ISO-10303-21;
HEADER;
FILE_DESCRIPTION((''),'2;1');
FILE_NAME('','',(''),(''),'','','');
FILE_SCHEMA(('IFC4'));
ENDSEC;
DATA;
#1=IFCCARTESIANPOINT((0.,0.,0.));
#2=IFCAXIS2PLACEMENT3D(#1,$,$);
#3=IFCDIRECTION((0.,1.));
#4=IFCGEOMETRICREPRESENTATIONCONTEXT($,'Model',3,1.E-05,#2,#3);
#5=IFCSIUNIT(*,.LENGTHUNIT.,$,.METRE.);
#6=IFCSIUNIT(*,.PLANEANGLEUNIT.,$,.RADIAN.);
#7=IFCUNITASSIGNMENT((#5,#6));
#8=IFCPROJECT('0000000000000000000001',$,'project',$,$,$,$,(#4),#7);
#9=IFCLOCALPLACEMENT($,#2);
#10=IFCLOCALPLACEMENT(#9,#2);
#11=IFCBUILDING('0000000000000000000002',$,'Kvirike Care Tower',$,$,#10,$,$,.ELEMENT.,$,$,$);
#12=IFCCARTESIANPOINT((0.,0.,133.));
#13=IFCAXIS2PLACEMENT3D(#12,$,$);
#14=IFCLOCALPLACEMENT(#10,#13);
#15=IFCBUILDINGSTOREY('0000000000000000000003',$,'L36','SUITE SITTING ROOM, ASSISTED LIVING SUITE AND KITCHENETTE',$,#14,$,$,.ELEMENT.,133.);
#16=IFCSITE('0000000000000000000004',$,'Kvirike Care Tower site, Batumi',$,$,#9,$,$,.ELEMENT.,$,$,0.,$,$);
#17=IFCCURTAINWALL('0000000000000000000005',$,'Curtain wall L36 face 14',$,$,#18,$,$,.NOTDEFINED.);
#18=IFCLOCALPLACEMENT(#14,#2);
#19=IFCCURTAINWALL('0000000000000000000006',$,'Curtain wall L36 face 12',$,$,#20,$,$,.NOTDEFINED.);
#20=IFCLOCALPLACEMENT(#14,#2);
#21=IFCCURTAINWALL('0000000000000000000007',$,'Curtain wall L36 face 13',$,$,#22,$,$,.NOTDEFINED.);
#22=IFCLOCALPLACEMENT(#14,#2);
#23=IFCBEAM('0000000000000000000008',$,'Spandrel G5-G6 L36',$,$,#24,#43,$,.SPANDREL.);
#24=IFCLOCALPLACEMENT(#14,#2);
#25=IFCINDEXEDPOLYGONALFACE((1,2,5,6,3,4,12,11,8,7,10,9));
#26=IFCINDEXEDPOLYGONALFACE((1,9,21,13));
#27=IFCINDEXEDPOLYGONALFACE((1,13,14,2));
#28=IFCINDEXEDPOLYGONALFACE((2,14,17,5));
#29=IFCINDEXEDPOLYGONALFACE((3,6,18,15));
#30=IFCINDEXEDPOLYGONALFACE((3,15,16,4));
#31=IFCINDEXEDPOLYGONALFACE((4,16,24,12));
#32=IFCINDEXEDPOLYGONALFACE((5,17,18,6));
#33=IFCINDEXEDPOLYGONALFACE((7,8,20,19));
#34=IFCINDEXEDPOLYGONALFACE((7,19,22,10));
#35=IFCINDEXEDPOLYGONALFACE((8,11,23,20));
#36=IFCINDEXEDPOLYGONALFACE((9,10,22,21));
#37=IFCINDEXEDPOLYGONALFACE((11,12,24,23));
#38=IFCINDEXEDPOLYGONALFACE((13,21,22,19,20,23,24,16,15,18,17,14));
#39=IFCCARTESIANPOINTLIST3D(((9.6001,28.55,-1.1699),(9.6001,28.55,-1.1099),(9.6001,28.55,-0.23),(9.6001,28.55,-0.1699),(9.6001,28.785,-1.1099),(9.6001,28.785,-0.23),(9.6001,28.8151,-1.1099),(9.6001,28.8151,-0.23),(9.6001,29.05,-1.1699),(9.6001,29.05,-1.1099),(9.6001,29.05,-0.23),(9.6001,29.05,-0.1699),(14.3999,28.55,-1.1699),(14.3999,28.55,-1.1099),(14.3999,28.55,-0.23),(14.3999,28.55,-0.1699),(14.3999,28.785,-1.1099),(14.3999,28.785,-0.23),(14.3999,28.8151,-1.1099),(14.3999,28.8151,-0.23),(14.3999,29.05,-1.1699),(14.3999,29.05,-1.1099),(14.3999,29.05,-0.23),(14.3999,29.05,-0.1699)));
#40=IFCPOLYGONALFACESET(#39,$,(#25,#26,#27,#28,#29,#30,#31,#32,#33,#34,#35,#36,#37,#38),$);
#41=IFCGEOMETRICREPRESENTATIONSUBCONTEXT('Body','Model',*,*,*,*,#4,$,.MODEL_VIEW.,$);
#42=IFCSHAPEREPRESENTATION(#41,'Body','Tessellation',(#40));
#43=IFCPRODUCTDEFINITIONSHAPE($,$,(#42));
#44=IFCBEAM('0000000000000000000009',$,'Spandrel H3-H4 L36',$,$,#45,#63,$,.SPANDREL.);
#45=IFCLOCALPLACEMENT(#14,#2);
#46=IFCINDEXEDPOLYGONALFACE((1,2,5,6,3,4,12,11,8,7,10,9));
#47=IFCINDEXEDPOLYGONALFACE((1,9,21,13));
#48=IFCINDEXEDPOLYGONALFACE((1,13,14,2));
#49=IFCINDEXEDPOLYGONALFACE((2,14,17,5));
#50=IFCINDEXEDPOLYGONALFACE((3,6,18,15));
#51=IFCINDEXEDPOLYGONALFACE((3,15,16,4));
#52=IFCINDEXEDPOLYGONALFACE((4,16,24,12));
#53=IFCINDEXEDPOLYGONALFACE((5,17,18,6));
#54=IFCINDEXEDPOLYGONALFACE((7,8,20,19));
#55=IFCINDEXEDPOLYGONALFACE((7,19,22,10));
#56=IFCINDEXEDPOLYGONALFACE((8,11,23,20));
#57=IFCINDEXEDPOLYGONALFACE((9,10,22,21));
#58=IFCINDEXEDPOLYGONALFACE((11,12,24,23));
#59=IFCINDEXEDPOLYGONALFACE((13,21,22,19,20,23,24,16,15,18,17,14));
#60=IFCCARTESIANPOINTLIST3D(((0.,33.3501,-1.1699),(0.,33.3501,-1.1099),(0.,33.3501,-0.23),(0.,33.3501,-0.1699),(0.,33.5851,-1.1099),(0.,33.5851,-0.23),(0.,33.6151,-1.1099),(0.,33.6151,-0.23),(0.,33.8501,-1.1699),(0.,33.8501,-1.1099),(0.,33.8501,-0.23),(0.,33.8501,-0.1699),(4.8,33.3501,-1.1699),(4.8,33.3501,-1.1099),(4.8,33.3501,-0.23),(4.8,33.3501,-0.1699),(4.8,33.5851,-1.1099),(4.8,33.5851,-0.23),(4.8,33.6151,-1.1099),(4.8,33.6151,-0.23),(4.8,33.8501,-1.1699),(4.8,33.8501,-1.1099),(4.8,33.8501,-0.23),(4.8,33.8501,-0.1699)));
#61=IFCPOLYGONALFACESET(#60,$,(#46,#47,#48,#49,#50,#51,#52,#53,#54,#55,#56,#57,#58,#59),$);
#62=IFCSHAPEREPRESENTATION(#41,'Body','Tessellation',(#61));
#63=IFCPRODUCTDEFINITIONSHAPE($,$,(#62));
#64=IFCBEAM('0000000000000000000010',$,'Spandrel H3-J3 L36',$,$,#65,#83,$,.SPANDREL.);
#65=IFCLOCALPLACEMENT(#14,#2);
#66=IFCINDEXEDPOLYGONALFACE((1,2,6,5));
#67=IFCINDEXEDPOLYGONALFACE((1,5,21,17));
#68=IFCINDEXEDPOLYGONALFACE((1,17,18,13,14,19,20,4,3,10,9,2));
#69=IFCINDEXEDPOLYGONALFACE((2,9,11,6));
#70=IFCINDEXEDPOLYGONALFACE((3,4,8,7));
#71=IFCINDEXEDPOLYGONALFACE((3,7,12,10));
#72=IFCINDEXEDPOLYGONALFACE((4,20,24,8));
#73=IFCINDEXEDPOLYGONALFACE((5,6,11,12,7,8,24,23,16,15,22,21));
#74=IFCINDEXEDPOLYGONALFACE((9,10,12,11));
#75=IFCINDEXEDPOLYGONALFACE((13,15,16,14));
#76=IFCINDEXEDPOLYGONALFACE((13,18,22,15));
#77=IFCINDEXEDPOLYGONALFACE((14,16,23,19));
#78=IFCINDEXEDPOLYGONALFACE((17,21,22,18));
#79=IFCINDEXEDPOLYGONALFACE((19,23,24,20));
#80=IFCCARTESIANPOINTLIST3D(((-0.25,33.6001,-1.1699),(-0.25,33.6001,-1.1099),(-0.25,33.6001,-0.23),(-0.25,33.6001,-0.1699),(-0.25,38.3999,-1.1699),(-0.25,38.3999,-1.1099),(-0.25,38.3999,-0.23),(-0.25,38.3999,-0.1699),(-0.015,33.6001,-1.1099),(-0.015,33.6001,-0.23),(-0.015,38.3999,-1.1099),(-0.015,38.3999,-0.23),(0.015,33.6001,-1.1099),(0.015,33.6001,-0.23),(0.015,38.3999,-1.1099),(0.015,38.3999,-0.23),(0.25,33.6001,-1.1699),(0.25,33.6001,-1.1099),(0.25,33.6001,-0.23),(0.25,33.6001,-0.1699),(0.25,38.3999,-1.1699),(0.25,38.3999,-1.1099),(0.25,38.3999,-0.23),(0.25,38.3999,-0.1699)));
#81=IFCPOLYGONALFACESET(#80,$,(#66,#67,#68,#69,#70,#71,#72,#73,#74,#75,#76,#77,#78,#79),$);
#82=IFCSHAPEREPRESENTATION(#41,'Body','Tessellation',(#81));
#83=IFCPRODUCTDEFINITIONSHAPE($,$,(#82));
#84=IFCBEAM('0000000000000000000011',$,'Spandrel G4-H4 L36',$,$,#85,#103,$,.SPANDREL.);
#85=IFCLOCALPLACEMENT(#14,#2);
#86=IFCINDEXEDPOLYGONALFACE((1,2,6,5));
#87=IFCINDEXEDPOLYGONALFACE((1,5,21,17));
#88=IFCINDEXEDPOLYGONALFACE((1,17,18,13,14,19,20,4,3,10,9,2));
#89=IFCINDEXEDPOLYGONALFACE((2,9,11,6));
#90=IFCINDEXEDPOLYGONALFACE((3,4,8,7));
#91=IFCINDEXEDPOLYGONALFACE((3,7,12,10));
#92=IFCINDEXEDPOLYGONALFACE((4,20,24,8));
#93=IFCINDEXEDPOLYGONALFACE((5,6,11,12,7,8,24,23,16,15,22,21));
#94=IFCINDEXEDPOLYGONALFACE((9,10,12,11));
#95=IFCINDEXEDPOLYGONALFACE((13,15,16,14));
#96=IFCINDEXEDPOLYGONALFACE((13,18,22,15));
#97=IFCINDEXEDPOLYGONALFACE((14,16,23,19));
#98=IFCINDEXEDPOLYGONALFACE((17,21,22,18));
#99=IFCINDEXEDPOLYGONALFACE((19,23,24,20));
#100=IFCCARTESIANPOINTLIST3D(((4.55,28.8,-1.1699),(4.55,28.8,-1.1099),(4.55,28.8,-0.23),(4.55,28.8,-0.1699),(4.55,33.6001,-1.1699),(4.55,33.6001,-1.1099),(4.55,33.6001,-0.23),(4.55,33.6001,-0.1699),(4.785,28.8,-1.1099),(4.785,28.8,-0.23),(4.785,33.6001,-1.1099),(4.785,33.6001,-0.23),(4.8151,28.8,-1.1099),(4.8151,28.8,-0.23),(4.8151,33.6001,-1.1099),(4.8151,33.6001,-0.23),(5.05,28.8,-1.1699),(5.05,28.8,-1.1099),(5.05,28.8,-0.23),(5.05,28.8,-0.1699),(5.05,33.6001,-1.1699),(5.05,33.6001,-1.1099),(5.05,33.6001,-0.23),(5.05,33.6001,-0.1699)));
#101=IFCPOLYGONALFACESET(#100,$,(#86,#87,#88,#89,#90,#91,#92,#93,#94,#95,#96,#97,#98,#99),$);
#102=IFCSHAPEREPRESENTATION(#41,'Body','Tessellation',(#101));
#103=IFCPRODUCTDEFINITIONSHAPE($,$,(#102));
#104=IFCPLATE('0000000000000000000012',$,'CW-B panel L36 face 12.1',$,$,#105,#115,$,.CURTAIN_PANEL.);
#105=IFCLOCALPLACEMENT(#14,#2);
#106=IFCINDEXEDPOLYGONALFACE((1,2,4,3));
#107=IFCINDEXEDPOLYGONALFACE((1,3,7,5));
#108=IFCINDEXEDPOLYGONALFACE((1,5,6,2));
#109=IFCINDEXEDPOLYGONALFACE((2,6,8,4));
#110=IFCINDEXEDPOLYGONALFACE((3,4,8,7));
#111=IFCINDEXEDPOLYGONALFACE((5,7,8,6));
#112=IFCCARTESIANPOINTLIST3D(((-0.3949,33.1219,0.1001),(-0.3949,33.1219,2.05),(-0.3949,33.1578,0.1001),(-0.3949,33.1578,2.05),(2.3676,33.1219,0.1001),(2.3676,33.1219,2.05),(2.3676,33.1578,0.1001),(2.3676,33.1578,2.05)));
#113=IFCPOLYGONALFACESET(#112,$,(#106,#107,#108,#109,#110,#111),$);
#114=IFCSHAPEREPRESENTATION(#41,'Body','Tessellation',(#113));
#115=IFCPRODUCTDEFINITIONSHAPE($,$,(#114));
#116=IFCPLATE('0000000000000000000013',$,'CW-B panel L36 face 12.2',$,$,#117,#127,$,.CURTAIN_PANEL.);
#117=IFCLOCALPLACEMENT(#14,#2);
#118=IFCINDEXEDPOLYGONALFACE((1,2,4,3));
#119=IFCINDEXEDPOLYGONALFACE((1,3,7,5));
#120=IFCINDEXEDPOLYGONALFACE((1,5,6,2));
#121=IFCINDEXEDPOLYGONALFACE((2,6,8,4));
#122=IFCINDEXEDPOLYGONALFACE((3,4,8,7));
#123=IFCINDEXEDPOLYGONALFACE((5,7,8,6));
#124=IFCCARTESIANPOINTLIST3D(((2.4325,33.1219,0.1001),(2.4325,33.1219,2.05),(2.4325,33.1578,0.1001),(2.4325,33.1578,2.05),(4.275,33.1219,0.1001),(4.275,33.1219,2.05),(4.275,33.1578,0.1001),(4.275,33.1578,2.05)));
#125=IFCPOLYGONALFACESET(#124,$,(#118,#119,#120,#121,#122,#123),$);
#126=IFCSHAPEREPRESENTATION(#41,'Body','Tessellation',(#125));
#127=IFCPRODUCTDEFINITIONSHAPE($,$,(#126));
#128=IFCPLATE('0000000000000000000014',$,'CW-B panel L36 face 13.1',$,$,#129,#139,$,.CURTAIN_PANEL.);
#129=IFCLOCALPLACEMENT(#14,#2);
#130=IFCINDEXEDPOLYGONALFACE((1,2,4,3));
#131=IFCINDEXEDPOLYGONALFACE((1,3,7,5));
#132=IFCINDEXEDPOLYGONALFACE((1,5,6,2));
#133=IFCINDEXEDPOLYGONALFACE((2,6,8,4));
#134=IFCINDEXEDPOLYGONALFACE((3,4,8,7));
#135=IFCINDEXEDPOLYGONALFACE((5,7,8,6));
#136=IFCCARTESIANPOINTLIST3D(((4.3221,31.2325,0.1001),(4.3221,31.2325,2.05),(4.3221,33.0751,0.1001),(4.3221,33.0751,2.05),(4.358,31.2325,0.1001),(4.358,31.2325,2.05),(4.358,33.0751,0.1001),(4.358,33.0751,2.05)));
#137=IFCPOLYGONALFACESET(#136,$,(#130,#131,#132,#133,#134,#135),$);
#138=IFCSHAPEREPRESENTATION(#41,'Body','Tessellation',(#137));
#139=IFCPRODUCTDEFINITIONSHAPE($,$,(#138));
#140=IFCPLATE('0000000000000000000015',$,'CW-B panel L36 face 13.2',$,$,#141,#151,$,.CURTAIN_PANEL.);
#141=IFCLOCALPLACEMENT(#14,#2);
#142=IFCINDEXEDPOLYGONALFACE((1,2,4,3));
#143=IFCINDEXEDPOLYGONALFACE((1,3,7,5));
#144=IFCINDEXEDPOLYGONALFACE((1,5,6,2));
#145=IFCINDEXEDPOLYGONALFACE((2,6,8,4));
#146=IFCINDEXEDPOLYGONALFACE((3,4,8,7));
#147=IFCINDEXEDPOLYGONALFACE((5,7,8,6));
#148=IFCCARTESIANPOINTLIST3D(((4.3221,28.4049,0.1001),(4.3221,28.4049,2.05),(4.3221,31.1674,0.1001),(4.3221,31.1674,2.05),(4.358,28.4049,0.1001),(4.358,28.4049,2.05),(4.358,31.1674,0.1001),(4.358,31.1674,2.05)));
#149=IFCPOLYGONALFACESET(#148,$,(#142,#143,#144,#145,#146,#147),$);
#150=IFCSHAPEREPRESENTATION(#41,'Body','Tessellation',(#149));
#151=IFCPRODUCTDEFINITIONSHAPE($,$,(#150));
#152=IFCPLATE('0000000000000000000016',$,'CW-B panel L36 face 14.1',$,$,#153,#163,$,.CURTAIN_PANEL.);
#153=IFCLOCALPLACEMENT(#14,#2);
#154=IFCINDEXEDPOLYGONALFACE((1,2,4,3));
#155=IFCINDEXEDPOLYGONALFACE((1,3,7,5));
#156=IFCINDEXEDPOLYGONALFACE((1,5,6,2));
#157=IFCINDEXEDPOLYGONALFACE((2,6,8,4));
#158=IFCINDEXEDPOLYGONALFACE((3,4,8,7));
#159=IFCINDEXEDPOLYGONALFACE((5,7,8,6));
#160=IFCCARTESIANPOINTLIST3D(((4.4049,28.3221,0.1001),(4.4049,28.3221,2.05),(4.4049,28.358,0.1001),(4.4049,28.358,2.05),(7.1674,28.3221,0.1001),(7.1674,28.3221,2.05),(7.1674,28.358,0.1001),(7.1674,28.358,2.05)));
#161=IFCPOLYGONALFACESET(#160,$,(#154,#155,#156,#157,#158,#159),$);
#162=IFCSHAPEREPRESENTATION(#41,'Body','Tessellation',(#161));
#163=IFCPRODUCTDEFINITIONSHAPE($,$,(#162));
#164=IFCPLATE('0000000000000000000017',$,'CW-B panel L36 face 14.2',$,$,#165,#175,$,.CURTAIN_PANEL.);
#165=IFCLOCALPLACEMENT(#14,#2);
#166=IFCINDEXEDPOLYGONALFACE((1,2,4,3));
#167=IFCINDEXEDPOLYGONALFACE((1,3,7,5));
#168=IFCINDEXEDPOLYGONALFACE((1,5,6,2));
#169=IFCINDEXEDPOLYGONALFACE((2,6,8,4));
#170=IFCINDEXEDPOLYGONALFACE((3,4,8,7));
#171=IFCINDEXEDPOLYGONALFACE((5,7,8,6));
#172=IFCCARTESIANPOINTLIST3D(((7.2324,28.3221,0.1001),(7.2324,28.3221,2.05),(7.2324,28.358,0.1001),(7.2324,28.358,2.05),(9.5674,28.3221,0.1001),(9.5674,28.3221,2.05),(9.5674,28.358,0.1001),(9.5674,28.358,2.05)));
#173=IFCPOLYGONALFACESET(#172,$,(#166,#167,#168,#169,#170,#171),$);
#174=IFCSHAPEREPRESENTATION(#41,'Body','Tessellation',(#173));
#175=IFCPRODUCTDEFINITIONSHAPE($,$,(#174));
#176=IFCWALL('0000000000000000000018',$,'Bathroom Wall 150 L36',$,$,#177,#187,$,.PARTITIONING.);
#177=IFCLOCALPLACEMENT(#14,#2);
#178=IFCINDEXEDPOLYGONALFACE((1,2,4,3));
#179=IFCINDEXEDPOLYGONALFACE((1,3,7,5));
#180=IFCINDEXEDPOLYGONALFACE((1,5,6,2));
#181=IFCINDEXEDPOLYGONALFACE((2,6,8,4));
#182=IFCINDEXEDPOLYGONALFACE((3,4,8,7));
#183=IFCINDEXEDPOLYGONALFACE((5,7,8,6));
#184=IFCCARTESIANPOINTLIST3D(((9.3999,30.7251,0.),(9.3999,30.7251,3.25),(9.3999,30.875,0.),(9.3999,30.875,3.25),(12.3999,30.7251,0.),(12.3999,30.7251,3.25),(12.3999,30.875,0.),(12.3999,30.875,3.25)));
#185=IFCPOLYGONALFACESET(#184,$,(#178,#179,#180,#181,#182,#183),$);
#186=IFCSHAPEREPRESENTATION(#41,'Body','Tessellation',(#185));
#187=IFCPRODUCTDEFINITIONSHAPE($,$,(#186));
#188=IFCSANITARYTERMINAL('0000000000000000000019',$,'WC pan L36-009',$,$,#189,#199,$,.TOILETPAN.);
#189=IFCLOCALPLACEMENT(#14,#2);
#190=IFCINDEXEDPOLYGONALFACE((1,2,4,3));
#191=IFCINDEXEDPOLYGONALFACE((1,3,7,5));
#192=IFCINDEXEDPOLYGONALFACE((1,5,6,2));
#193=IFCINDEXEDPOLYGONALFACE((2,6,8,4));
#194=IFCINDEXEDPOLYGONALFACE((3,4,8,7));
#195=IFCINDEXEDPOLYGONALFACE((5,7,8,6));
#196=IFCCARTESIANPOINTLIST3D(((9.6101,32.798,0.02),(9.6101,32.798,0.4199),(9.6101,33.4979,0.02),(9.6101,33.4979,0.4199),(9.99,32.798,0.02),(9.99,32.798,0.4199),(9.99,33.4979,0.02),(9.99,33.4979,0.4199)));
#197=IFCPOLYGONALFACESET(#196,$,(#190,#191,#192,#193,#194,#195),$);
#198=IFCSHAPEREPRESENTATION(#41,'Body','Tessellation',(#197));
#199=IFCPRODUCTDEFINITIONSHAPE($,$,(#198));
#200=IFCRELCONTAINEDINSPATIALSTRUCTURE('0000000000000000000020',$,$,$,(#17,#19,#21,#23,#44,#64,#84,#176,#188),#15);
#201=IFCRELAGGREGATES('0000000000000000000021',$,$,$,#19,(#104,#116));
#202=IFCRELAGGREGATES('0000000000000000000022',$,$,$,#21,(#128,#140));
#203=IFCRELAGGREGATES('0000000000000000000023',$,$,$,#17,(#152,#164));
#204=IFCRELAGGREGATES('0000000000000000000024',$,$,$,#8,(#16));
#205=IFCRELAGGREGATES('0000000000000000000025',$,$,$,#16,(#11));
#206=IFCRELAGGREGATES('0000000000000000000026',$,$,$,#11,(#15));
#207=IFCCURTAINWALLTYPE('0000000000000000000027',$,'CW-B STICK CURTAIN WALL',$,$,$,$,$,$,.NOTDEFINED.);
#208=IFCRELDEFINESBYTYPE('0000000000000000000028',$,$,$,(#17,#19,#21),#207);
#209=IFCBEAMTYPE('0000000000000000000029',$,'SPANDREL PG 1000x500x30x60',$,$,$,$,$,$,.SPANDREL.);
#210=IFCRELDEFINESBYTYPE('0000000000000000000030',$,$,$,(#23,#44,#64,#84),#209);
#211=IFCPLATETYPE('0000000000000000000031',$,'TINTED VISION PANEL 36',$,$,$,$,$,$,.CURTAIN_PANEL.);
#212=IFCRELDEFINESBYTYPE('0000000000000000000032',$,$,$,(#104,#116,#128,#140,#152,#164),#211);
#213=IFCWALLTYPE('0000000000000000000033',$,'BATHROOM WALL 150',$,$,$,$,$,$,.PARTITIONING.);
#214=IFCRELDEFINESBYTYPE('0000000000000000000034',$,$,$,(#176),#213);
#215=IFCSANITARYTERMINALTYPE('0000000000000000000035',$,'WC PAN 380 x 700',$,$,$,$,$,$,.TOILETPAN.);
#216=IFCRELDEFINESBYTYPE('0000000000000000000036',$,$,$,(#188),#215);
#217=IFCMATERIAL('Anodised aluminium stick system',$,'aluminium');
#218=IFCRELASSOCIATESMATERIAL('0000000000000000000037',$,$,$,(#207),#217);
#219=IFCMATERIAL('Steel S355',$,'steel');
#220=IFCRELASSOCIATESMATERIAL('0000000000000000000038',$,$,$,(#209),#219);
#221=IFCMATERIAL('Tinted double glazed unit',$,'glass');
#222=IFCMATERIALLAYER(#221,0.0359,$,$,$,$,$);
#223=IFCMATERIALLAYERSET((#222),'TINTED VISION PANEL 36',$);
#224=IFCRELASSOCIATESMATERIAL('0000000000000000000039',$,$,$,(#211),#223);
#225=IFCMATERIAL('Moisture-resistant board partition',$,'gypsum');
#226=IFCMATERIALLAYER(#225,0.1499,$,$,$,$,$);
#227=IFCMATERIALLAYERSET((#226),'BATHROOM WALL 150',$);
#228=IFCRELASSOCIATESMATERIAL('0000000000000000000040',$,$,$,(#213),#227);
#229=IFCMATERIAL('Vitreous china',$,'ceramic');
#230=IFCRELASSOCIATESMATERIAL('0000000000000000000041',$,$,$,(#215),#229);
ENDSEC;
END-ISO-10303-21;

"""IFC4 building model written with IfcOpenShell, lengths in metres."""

from ifc_helpers import new_model, si_unit, direction, frame, frame_2d, origin, origin_2d, place, context, subcontext, project, spatial, rectangle, i_section, extrude, material, layer, layer_set, material_profile, profile_set, type_object, element, aggregate, save


model = new_model("IFC4")

# Units and contexts
model_context = context("Model", 3, precision=1e-05, world=origin(), true_north=direction((0.0, 1.0)))
body_context = subcontext(model_context, "Body", "Model", "MODEL_VIEW")
ifc_project = project(units=[si_unit("LENGTHUNIT", "METRE"), si_unit("PLANEANGLEUNIT", "RADIAN")], contexts=[model_context])

# Site, building, storey
site_placement = place(None, origin())
site = spatial("IfcSite", under=ifc_project, at=site_placement, Name="Kvirike Care Tower site, Batumi", CompositionType="ELEMENT", RefElevation=0.0)
building_placement = place(site_placement, origin())
building = spatial("IfcBuilding", under=site, at=building_placement, Name="Kvirike Care Tower", CompositionType="ELEMENT")
storey_placement = place(building_placement, frame((0.0, 0.0, 133.0)))
storey = spatial("IfcBuildingStorey", under=building, at=storey_placement, Name="L36", Description="SUITE SITTING ROOM, ASSISTED LIVING SUITE AND KITCHENETTE", CompositionType="ELEMENT", Elevation=133.0)

# Curtain wall
ifc_material_1 = material(Name="Anodised aluminium stick system", Category="aluminium")
curtain_wall_type = type_object("IfcCurtainWallType", Name="CW-B STICK CURTAIN WALL", PredefinedType="NOTDEFINED", material=ifc_material_1)
curtain_wall_1_placement = place(storey_placement, origin())
curtain_wall_1 = element("IfcCurtainWall", 1, at=curtain_wall_1_placement, inside=storey, type_object=curtain_wall_type, Name="Curtain wall L36 face 14", PredefinedType="NOTDEFINED")

# Curtain walls
curtain_wall_2_placement = place(storey_placement, origin())
curtain_wall_2 = element("IfcCurtainWall", 2, at=curtain_wall_2_placement, inside=storey, type_object=curtain_wall_type, Name="Curtain wall L36 face 12", PredefinedType="NOTDEFINED")
curtain_wall_3_placement = place(storey_placement, origin())
curtain_wall_3 = element("IfcCurtainWall", 3, at=curtain_wall_3_placement, inside=storey, type_object=curtain_wall_type, Name="Curtain wall L36 face 13", PredefinedType="NOTDEFINED")

# Beams
ifc_material_2 = material(Name="Steel S355", Category="steel")
ifc_material_profile_1 = material_profile(ifc_material_2, i_section(OverallWidth=0.5, OverallDepth=1.0, WebThickness=0.03, FlangeThickness=0.0601, at=origin_2d()), Name="PG 1000x500x30x60")
ifc_profile_set_1 = profile_set([ifc_material_profile_1], Name="Steel S355")
beam_type_1 = type_object("IfcBeamType", Name="SPANDREL PG 1000x500x30x60", PredefinedType="SPANDREL", material=ifc_profile_set_1)
beam_1_placement = place(storey_placement, frame((9.6001, 28.8, -0.6699), z_axis=(1.0, 0.0, 0.0), x_axis=(0.0, 1.0, 0.0)))
element("IfcBeam", 4, at=beam_1_placement, inside=storey, type_object=beam_type_1, Name="Spandrel G5-G6 L36", PredefinedType="SPANDREL", context=body_context, shape_type="SweptSolid", body=[
    extrude(i_section(OverallWidth=0.5, OverallDepth=1.0, WebThickness=0.03, FlangeThickness=0.0601, at=origin_2d()), origin(), (0.0, 0.0, 1.0), 4.7998),
])
beam_2_placement = place(storey_placement, frame((0.0, 33.6001, -0.6699), z_axis=(1.0, 0.0, 0.0), x_axis=(0.0, 1.0, 0.0)))
element("IfcBeam", 5, at=beam_2_placement, inside=storey, type_object=beam_type_1, Name="Spandrel H3-H4 L36", PredefinedType="SPANDREL", context=body_context, shape_type="SweptSolid", body=[
    extrude(i_section(OverallWidth=0.5, OverallDepth=1.0, WebThickness=0.03, FlangeThickness=0.0601, at=origin_2d()), origin(), (0.0, 0.0, 1.0), 4.8),
])
beam_3_placement = place(storey_placement, frame((0.0, 33.6001, -0.6699), z_axis=(0.0, 1.0, 0.0), x_axis=(-1.0, 0.0, 0.0)))
element("IfcBeam", 6, at=beam_3_placement, inside=storey, type_object=beam_type_1, Name="Spandrel H3-J3 L36", PredefinedType="SPANDREL", context=body_context, shape_type="SweptSolid", body=[
    extrude(i_section(OverallWidth=0.5, OverallDepth=1.0, WebThickness=0.03, FlangeThickness=0.0601, at=origin_2d()), origin(), (0.0, 0.0, 1.0), 4.7998),
])
beam_4_placement = place(storey_placement, frame((4.8, 28.8, -0.6699), z_axis=(0.0, 1.0, 0.0), x_axis=(-1.0, 0.0, 0.0)))
element("IfcBeam", 7, at=beam_4_placement, inside=storey, type_object=beam_type_1, Name="Spandrel G4-H4 L36", PredefinedType="SPANDREL", context=body_context, shape_type="SweptSolid", body=[
    extrude(i_section(OverallWidth=0.5, OverallDepth=1.0, WebThickness=0.03, FlangeThickness=0.0601, at=origin_2d()), origin(), (0.0, 0.0, 1.0), 4.8),
])

# Plates
ifc_material_3 = material(Name="Tinted double glazed unit", Category="glass")
ifc_layer_1 = layer(ifc_material_3, 0.0359)
ifc_layer_set_1 = layer_set([ifc_layer_1], Name="TINTED VISION PANEL 36")
plate_type = type_object("IfcPlateType", Name="TINTED VISION PANEL 36", PredefinedType="CURTAIN_PANEL", material=ifc_layer_set_1)
plate_1_placement = place(storey_placement, frame((0.9863, 33.1399, 0.1001), z_axis=(0.0, 0.0, 1.0), x_axis=(1.0, 0.0, 0.0)))
plate_1 = element("IfcPlate", 8, at=plate_1_placement, type_object=plate_type, Name="CW-B panel L36 face 12.1", PredefinedType="CURTAIN_PANEL", context=body_context, shape_type="SweptSolid", body=[
    extrude(rectangle(XDim=2.7625, YDim=0.0359, at=origin_2d()), origin(), (0.0, 0.0, 1.0), 1.95),
])
plate_2_placement = place(storey_placement, frame((3.3538, 33.1399, 0.1001), z_axis=(0.0, 0.0, 1.0), x_axis=(1.0, 0.0, 0.0)))
plate_2 = element("IfcPlate", 9, at=plate_2_placement, type_object=plate_type, Name="CW-B panel L36 face 12.2", PredefinedType="CURTAIN_PANEL", context=body_context, shape_type="SweptSolid", body=[
    extrude(rectangle(XDim=1.8425, YDim=0.0359, at=origin_2d()), origin(), (0.0, 0.0, 1.0), 1.95),
])
aggregate(curtain_wall_2, [plate_1, plate_2])
plate_3_placement = place(storey_placement, frame((4.3401, 32.1538, 0.1001), z_axis=(0.0, 0.0, 1.0), x_axis=(0.0, -1.0, 0.0)))
plate_3 = element("IfcPlate", 10, at=plate_3_placement, type_object=plate_type, Name="CW-B panel L36 face 13.1", PredefinedType="CURTAIN_PANEL", context=body_context, shape_type="SweptSolid", body=[
    extrude(rectangle(XDim=1.8425, YDim=0.0359, at=origin_2d()), origin(), (0.0, 0.0, 1.0), 1.95),
])
plate_4_placement = place(storey_placement, frame((4.3401, 29.7861, 0.1001), z_axis=(0.0, 0.0, 1.0), x_axis=(0.0, -1.0, 0.0)))
plate_4 = element("IfcPlate", 11, at=plate_4_placement, type_object=plate_type, Name="CW-B panel L36 face 13.2", PredefinedType="CURTAIN_PANEL", context=body_context, shape_type="SweptSolid", body=[
    extrude(rectangle(XDim=2.7625, YDim=0.0359, at=origin_2d()), origin(), (0.0, 0.0, 1.0), 1.95),
])
aggregate(curtain_wall_3, [plate_3, plate_4])
plate_5_placement = place(storey_placement, frame((5.7861, 28.3401, 0.1001), z_axis=(0.0, 0.0, 1.0), x_axis=(1.0, 0.0, 0.0)))
plate_5 = element("IfcPlate", 12, at=plate_5_placement, type_object=plate_type, Name="CW-B panel L36 face 14.1", PredefinedType="CURTAIN_PANEL", context=body_context, shape_type="SweptSolid", body=[
    extrude(rectangle(XDim=2.7625, YDim=0.0359, at=origin_2d()), origin(), (0.0, 0.0, 1.0), 1.95),
])
plate_6_placement = place(storey_placement, frame((8.3999, 28.3401, 0.1001), z_axis=(0.0, 0.0, 1.0), x_axis=(1.0, 0.0, 0.0)))
plate_6 = element("IfcPlate", 13, at=plate_6_placement, type_object=plate_type, Name="CW-B panel L36 face 14.2", PredefinedType="CURTAIN_PANEL", context=body_context, shape_type="SweptSolid", body=[
    extrude(rectangle(XDim=2.335, YDim=0.0359, at=origin_2d()), origin(), (0.0, 0.0, 1.0), 1.95),
])
aggregate(curtain_wall_1, [plate_5, plate_6])

# Wall
ifc_material_4 = material(Name="Moisture-resistant board partition", Category="gypsum")
ifc_layer_2 = layer(ifc_material_4, 0.1499)
ifc_layer_set_2 = layer_set([ifc_layer_2], Name="BATHROOM WALL 150")
wall_type = type_object("IfcWallType", Name="BATHROOM WALL 150", PredefinedType="PARTITIONING", material=ifc_layer_set_2)
wall_placement = place(storey_placement, frame((9.3999, 30.8, 0.0), z_axis=(0.0, 0.0, 1.0), x_axis=(1.0, 0.0, 0.0)))
element("IfcWall", 14, at=wall_placement, inside=storey, type_object=wall_type, Name="Bathroom Wall 150 L36", PredefinedType="PARTITIONING", context=body_context, shape_type="SweptSolid", body=[
    extrude(rectangle(XDim=3.0, YDim=0.1499, at=frame_2d((1.5, 0.0))), origin(), (0.0, 0.0, 1.0), 3.25),
])

# Sanitary terminal
ifc_material_5 = material(Name="Vitreous china", Category="ceramic")
sanitary_terminal_type = type_object("IfcSanitaryTerminalType", Name="WC PAN 380 x 700", PredefinedType="TOILETPAN", material=ifc_material_5)
sanitary_terminal_placement = place(storey_placement, frame((9.8, 33.1479, 0.02), z_axis=(0.0, 0.0, 1.0), x_axis=(1.0, 0.0, 0.0)))
element("IfcSanitaryTerminal", 15, at=sanitary_terminal_placement, inside=storey, type_object=sanitary_terminal_type, Name="WC pan L36-009", PredefinedType="TOILETPAN", context=body_context, shape_type="SweptSolid", body=[
    extrude(rectangle(XDim=0.3799, YDim=0.7, at=origin_2d()), origin(), (0.0, 0.0, 1.0), 0.3999),
])

save(model, "model.ifc")
